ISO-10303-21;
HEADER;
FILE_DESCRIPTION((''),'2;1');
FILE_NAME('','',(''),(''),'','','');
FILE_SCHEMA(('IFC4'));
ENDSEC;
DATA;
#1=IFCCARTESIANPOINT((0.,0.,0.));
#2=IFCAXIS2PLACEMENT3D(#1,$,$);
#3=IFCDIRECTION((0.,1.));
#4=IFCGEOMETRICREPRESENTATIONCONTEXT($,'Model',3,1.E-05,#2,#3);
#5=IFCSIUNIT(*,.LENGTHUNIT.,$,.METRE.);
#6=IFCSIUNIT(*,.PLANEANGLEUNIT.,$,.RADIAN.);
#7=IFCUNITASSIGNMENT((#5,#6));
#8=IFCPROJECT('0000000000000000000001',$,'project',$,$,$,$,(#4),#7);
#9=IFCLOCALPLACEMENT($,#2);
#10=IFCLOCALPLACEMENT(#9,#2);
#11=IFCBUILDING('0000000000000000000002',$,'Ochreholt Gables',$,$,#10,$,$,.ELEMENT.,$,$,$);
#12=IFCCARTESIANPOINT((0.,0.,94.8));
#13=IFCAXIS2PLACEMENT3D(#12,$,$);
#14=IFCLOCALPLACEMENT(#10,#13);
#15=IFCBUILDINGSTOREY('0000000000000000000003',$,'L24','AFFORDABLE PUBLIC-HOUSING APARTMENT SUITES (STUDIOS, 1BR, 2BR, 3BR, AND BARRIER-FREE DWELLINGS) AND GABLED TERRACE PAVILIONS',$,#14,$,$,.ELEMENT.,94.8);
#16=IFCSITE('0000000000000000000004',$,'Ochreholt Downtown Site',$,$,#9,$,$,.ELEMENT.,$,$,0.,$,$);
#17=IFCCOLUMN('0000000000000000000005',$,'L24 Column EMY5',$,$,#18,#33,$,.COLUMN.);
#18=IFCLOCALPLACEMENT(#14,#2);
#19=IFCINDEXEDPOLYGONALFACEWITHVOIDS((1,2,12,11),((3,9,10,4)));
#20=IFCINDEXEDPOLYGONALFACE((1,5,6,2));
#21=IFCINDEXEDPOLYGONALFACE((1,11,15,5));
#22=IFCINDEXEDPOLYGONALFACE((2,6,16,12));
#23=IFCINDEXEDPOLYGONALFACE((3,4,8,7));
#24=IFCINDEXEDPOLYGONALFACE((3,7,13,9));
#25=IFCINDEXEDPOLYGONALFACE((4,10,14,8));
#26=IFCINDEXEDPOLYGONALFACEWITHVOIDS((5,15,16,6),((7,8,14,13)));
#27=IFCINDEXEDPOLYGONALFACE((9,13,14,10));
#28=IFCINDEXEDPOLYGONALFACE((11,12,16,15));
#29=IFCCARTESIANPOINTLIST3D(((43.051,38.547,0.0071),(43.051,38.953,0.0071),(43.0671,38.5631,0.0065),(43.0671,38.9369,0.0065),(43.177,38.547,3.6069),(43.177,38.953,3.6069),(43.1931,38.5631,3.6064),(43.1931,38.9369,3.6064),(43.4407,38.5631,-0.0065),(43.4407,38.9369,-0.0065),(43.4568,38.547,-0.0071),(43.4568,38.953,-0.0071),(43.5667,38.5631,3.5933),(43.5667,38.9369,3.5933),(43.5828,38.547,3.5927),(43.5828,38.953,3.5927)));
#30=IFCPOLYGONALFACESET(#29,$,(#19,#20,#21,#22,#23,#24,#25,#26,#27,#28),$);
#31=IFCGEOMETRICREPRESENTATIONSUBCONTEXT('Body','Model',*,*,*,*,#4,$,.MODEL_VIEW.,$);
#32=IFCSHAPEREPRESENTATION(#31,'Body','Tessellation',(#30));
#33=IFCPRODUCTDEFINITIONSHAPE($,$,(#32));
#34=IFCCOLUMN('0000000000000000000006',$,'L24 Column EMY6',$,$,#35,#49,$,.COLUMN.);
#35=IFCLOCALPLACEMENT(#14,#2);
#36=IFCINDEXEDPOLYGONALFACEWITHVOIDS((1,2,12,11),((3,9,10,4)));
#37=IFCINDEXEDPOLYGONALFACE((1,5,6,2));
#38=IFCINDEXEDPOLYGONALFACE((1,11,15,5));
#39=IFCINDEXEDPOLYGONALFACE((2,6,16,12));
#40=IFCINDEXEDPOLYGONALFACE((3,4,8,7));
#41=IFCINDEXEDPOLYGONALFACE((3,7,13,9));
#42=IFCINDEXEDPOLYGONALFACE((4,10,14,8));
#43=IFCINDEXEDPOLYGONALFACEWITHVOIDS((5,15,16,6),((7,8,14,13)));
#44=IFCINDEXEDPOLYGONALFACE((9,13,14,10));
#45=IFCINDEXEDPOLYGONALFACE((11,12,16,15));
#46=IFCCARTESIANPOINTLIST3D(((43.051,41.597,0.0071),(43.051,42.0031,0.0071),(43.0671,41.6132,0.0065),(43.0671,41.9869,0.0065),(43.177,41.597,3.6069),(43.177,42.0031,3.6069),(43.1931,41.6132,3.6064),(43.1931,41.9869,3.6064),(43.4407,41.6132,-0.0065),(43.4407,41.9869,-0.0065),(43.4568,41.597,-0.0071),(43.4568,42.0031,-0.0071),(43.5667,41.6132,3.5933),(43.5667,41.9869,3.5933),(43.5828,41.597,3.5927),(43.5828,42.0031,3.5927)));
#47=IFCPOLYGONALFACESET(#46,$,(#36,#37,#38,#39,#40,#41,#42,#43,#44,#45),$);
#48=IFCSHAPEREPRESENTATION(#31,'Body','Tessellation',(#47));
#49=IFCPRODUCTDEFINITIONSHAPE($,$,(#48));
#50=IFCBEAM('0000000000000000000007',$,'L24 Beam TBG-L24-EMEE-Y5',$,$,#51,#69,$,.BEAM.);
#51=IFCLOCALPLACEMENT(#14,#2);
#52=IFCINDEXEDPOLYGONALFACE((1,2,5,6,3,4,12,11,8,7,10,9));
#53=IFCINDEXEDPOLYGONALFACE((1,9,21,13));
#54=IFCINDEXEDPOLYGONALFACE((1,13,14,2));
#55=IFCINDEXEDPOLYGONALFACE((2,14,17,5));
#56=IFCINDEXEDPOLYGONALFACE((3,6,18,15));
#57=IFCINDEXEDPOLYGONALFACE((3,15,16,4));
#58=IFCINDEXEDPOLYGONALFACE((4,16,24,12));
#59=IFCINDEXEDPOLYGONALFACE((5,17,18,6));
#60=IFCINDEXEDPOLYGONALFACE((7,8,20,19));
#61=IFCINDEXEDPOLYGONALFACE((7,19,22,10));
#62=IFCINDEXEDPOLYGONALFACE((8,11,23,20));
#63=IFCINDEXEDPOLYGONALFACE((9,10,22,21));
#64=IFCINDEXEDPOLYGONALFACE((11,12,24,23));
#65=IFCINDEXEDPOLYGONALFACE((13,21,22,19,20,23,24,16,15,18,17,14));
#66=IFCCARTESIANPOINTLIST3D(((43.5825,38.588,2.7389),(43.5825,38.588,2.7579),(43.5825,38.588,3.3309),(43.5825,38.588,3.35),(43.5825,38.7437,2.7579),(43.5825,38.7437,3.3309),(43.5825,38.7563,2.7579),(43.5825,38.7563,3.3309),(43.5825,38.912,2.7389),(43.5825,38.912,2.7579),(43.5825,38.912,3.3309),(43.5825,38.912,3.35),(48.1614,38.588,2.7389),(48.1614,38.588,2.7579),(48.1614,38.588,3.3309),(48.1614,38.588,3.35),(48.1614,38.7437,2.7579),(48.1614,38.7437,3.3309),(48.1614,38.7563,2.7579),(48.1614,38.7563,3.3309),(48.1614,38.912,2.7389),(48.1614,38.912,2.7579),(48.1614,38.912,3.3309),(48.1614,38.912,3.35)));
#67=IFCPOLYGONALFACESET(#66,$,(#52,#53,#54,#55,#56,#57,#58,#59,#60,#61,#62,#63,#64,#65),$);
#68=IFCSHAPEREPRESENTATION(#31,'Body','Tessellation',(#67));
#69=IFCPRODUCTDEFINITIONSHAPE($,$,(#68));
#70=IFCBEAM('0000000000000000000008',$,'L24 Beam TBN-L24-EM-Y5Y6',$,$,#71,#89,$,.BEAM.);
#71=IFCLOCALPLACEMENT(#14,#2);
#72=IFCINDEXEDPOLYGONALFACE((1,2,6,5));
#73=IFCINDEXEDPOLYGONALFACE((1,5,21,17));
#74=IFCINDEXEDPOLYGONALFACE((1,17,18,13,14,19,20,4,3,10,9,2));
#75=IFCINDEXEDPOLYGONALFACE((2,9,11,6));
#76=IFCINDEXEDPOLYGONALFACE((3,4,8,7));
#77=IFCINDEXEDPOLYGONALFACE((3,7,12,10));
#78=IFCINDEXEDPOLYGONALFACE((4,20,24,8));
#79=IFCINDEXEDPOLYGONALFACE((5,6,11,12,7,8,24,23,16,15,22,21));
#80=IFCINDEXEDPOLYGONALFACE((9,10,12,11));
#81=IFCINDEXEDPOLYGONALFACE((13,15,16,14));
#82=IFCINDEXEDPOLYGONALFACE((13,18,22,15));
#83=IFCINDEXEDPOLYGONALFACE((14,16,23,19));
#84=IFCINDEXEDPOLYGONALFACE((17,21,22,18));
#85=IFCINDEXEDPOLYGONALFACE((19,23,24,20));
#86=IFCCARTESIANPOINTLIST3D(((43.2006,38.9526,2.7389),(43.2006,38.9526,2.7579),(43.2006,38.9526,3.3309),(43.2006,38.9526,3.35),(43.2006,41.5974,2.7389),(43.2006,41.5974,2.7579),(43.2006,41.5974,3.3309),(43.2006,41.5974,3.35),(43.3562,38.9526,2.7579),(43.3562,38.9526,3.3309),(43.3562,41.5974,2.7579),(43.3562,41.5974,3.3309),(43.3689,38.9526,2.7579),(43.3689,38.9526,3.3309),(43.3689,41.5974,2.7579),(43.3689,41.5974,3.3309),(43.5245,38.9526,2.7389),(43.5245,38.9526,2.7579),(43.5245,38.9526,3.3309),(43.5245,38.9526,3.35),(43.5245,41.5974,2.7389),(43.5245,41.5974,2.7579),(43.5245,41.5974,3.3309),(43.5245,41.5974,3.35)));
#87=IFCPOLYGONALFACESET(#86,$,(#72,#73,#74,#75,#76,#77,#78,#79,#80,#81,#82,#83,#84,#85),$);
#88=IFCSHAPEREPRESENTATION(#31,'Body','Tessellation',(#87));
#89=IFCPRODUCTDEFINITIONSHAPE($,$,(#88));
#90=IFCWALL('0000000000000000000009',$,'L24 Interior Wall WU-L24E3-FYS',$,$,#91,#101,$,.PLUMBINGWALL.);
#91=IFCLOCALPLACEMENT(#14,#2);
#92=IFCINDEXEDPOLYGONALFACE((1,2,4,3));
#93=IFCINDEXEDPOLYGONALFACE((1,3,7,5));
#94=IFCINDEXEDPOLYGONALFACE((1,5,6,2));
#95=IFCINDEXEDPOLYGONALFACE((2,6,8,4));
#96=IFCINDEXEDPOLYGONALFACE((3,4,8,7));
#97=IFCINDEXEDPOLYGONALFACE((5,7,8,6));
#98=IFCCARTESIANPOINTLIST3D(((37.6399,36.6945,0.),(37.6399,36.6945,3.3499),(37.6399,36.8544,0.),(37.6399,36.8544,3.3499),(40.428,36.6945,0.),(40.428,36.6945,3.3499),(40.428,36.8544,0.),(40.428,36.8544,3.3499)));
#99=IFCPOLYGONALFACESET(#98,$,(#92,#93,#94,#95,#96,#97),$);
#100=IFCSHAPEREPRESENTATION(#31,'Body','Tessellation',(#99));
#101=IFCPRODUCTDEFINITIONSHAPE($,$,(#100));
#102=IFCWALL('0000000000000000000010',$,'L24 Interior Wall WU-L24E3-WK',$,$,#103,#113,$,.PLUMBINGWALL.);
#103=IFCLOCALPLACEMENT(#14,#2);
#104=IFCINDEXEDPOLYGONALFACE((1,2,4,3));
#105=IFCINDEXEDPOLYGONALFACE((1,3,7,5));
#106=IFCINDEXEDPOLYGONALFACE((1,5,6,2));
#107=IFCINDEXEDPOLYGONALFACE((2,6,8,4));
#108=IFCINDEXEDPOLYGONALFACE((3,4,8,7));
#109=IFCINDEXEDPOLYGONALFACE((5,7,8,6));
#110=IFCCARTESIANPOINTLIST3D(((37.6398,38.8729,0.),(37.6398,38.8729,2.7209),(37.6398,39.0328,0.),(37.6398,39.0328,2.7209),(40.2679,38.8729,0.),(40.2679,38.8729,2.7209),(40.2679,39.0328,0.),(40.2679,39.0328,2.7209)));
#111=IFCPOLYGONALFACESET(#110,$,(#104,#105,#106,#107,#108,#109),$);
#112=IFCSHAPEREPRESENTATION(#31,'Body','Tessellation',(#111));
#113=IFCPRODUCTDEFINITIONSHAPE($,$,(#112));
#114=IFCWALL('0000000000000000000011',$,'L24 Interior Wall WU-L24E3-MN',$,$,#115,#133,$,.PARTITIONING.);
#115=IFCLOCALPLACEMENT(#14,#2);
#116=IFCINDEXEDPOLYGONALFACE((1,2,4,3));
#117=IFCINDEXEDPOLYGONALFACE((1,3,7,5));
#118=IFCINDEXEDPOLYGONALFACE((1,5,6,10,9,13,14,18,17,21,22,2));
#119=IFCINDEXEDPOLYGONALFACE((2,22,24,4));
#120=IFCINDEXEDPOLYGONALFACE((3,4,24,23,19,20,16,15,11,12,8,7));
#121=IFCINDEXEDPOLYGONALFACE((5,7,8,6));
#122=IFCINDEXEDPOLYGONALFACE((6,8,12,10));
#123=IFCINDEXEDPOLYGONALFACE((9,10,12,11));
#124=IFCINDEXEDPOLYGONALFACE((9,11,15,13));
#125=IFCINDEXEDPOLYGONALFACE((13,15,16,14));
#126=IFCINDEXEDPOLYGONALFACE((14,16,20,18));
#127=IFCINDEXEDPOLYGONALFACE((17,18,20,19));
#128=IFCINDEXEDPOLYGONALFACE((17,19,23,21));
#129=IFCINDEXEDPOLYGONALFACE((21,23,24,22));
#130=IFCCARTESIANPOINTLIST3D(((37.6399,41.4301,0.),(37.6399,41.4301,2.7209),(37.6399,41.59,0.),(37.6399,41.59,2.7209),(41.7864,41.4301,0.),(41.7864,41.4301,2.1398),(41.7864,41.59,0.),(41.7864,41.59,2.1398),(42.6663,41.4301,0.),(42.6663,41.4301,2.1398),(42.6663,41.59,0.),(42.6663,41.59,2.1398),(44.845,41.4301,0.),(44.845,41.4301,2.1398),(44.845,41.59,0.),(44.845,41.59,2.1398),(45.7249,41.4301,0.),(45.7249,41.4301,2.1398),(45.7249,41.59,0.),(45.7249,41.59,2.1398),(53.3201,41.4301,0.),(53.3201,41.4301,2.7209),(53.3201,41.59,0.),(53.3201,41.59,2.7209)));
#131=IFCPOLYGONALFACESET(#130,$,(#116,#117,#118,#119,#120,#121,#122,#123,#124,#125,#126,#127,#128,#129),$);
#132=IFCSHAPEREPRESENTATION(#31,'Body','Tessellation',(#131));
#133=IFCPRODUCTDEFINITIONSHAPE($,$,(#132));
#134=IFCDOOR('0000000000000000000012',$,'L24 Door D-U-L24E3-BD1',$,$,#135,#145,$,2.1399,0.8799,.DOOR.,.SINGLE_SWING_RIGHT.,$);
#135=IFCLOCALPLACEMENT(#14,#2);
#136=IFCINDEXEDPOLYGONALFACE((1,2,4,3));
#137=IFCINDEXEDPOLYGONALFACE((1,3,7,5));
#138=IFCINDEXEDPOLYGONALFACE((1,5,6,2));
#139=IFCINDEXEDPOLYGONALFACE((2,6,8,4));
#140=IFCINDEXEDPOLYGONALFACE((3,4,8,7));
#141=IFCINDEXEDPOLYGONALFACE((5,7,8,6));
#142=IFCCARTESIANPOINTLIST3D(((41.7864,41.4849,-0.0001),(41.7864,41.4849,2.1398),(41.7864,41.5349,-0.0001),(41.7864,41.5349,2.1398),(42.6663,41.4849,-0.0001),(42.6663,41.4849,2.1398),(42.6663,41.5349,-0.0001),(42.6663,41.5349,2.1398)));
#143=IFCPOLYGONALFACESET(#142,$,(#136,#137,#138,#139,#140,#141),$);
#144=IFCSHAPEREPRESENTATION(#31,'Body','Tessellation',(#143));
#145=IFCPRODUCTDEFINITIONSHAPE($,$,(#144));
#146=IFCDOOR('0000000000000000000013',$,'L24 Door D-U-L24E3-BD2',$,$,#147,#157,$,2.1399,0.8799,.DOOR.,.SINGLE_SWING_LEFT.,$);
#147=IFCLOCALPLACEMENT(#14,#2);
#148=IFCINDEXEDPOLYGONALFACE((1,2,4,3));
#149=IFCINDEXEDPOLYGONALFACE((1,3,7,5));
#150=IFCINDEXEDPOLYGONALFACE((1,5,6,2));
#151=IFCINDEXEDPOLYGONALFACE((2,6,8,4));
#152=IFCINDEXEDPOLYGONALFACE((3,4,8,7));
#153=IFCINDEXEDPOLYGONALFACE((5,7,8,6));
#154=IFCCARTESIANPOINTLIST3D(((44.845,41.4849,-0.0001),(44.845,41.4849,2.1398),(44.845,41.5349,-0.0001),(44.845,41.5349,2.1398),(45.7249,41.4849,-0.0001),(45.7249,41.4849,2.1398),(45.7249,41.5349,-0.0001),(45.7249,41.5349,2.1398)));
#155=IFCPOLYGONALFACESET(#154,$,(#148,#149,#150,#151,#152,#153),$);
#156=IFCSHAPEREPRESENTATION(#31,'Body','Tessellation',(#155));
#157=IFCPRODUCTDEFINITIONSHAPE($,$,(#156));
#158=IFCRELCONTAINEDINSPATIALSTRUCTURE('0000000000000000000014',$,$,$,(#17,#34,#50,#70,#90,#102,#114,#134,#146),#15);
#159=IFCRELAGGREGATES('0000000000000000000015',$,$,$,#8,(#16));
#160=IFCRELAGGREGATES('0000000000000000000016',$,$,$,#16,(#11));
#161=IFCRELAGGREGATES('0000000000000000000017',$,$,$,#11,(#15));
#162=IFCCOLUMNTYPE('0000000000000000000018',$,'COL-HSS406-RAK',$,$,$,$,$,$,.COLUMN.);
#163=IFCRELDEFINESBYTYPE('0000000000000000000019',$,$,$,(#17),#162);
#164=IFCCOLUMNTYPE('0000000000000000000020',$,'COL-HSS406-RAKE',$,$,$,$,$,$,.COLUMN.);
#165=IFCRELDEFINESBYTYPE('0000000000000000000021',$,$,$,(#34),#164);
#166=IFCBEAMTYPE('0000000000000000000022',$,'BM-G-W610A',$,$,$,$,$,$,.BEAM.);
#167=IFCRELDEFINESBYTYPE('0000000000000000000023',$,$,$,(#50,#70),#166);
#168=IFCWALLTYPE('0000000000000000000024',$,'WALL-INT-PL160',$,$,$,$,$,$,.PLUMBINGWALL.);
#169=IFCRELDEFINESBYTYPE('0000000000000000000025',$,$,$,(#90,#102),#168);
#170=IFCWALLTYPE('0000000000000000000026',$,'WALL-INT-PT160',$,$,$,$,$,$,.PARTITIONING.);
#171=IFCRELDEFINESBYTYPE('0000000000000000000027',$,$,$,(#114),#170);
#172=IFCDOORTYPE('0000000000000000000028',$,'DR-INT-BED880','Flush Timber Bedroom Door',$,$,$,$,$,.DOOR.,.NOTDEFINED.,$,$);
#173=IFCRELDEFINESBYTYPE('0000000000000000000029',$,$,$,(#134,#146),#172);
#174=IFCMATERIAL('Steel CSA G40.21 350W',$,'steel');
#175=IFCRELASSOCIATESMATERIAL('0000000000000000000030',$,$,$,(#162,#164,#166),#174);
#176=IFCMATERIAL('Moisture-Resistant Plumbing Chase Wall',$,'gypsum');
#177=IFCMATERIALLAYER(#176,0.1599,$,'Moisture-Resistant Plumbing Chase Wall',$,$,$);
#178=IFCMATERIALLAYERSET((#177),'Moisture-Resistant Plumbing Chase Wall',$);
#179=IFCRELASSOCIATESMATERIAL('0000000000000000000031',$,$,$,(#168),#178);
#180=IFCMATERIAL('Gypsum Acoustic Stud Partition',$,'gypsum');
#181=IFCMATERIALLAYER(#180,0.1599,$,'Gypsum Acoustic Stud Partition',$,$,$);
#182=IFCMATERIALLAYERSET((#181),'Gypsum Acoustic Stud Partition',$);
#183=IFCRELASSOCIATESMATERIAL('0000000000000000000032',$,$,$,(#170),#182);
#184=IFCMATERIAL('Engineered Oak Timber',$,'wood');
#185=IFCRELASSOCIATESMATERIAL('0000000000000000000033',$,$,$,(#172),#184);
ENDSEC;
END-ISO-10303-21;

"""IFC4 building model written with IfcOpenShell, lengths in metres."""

from ifc_helpers import new_model, si_unit, direction, frame, frame_2d, origin, origin_2d, place, context, subcontext, project, spatial, rectangle, hollow_rectangle, i_section, extrude, material, layer, layer_set, material_profile, profile_set, type_object, element, fill, save


model = new_model("IFC4")

# Units and contexts
model_context = context("Model", 3, precision=1e-05, world=origin(), true_north=direction((0.0, 1.0)))
body_context = subcontext(model_context, "Body", "Model", "MODEL_VIEW")
ifc_project = project(units=[si_unit("LENGTHUNIT", "METRE"), si_unit("PLANEANGLEUNIT", "RADIAN")], contexts=[model_context])

# Site, building, storey
site_placement = place(None, origin())
site = spatial("IfcSite", under=ifc_project, at=site_placement, Name="Ochreholt Downtown Site", CompositionType="ELEMENT", RefElevation=0.0)
building_placement = place(site_placement, origin())
building = spatial("IfcBuilding", under=site, at=building_placement, Name="Ochreholt Gables", CompositionType="ELEMENT")
storey_placement = place(building_placement, frame((0.0, 0.0, 94.8)))
storey = spatial("IfcBuildingStorey", under=building, at=storey_placement, Name="L24", Description="AFFORDABLE PUBLIC-HOUSING APARTMENT SUITES (STUDIOS, 1BR, 2BR, 3BR, AND BARRIER-FREE DWELLINGS) AND GABLED TERRACE PAVILIONS", CompositionType="ELEMENT", Elevation=94.8)

# Columns
ifc_material_1 = material(Name="Steel CSA G40.21 350W", Category="steel")
ifc_material_profile_1 = material_profile(ifc_material_1, hollow_rectangle(XDim=0.406, YDim=0.406, WallThickness=0.0161, at=origin_2d()), Name="HSS406X406X16")
ifc_profile_set_1 = profile_set([ifc_material_profile_1], Name="Steel CSA G40.21 350W")
column_type_1 = type_object("IfcColumnType", Name="COL-HSS406-RAK", PredefinedType="COLUMN", material=ifc_profile_set_1)
column_1_placement = place(storey_placement, frame((43.2539, 38.75, 0.0), z_axis=(0.034974, 0.0, 0.999388), x_axis=(0.0, 1.0, 0.0)))
element("IfcColumn", 1, at=column_1_placement, inside=storey, type_object=column_type_1, Name="L24 Column EMY5", PredefinedType="COLUMN", context=body_context, shape_type="SweptSolid", body=[
    extrude(hollow_rectangle(XDim=0.406, YDim=0.406, WallThickness=0.0161, at=origin_2d()), origin(), (0.0, 0.0, 1.0), 3.6021),
])
ifc_material_profile_2 = material_profile(ifc_material_1, hollow_rectangle(XDim=0.406, YDim=0.406, WallThickness=0.0161, at=origin_2d()), Name="HSS406X406X16")
ifc_profile_set_2 = profile_set([ifc_material_profile_2], Name="Steel CSA G40.21 350W")
column_type_2 = type_object("IfcColumnType", Name="COL-HSS406-RAKE", PredefinedType="COLUMN", material=ifc_profile_set_2)
column_2_placement = place(storey_placement, frame((43.2539, 41.8, 0.0), z_axis=(0.034974, 0.0, 0.999388), x_axis=(0.0, 1.0, 0.0)))
element("IfcColumn", 2, at=column_2_placement, inside=storey, type_object=column_type_2, Name="L24 Column EMY6", PredefinedType="COLUMN", context=body_context, shape_type="SweptSolid", body=[
    extrude(hollow_rectangle(XDim=0.406, YDim=0.406, WallThickness=0.0161, at=origin_2d()), origin(), (0.0, 0.0, 1.0), 3.6021),
])

# Beams
ifc_material_profile_3 = material_profile(ifc_material_1, i_section(OverallWidth=0.324, OverallDepth=0.6111, WebThickness=0.0127, FlangeThickness=0.019, at=origin_2d()), Name="W610X155")
ifc_profile_set_3 = profile_set([ifc_material_profile_3], Name="Steel CSA G40.21 350W")
beam_type = type_object("IfcBeamType", Name="BM-G-W610A", PredefinedType="BEAM", material=ifc_profile_set_3)
beam_1_placement = place(storey_placement, frame((43.5825, 38.75, 3.0444), z_axis=(1.0, 0.0, 0.0), x_axis=(0.0, 1.0, 0.0)))
element("IfcBeam", 3, at=beam_1_placement, inside=storey, type_object=beam_type, Name="L24 Beam TBG-L24-EMEE-Y5", PredefinedType="BEAM", context=body_context, shape_type="SweptSolid", body=[
    extrude(i_section(OverallWidth=0.324, OverallDepth=0.6111, WebThickness=0.0127, FlangeThickness=0.019, at=origin_2d()), origin(), (0.0, 0.0, 1.0), 4.5789),
])
beam_2_placement = place(storey_placement, frame((43.3625, 38.9526, 3.0444), z_axis=(0.0, 1.0, 0.0), x_axis=(-1.0, 0.0, 0.0)))
element("IfcBeam", 4, at=beam_2_placement, inside=storey, type_object=beam_type, Name="L24 Beam TBN-L24-EM-Y5Y6", PredefinedType="BEAM", context=body_context, shape_type="SweptSolid", body=[
    extrude(i_section(OverallWidth=0.324, OverallDepth=0.6111, WebThickness=0.0127, FlangeThickness=0.019, at=origin_2d()), origin(), (0.0, 0.0, 1.0), 2.6448),
])

# Wall
ifc_material_2 = material(Name="Moisture-Resistant Plumbing Chase Wall", Category="gypsum")
ifc_layer_1 = layer(ifc_material_2, 0.1599, Name="Moisture-Resistant Plumbing Chase Wall")
ifc_layer_set_1 = layer_set([ifc_layer_1], Name="Moisture-Resistant Plumbing Chase Wall")
wall_type_1 = type_object("IfcWallType", Name="WALL-INT-PL160", PredefinedType="PLUMBINGWALL", material=ifc_layer_set_1)
wall_1_placement = place(storey_placement, frame((37.6399, 36.7744, 0.0), z_axis=(0.0, 0.0, 1.0), x_axis=(1.0, 0.0, 0.0)))
element("IfcWall", 5, at=wall_1_placement, inside=storey, type_object=wall_type_1, Name="L24 Interior Wall WU-L24E3-FYS", PredefinedType="PLUMBINGWALL", context=body_context, shape_type="SweptSolid", body=[
    extrude(rectangle(XDim=2.7881, YDim=0.1599, at=frame_2d((1.394, 0.0))), origin(), (0.0, 0.0, 1.0), 3.3499),
])

# Shared definitions
ifc_material_3 = material(Name="Engineered Oak Timber", Category="wood")

# Wall
wall_2_placement = place(storey_placement, frame((37.6399, 38.9529, 0.0), z_axis=(0.0, 0.0, 1.0), x_axis=(1.0, 0.0, 0.0)))
element("IfcWall", 6, at=wall_2_placement, inside=storey, type_object=wall_type_1, Name="L24 Interior Wall WU-L24E3-WK", PredefinedType="PLUMBINGWALL", context=body_context, shape_type="SweptSolid", body=[
    extrude(rectangle(XDim=2.6282, YDim=0.1599, at=frame_2d((1.314, 0.0))), origin(), (0.0, 0.0, 1.0), 2.7209),
])

# Wall, openings, doors
ifc_material_4 = material(Name="Gypsum Acoustic Stud Partition", Category="gypsum")
ifc_layer_2 = layer(ifc_material_4, 0.1599, Name="Gypsum Acoustic Stud Partition")
ifc_layer_set_2 = layer_set([ifc_layer_2], Name="Gypsum Acoustic Stud Partition")
wall_type_2 = type_object("IfcWallType", Name="WALL-INT-PT160", PredefinedType="PARTITIONING", material=ifc_layer_set_2)
wall_3_placement = place(storey_placement, frame((37.6399, 41.51, 0.0), z_axis=(0.0, 0.0, 1.0), x_axis=(1.0, 0.0, 0.0)))
wall_3 = element("IfcWall", 7, at=wall_3_placement, inside=storey, type_object=wall_type_2, Name="L24 Interior Wall WU-L24E3-MN", PredefinedType="PARTITIONING", context=body_context, shape_type="SweptSolid", body=[
    extrude(rectangle(XDim=15.6802, YDim=0.1599, at=frame_2d((7.8401, 0.0))), origin(), (0.0, 0.0, 1.0), 2.7209),
])
opening_1_placement = place(wall_3_placement, frame((4.1465, 0.0, 0.0)))
opening_1 = element("IfcOpeningElement", 8, at=opening_1_placement, cuts=wall_3, PredefinedType="OPENING", context=body_context, shape_type="SweptSolid", body=[
    extrude(rectangle(XDim=0.8799, YDim=2.1399, at=frame_2d((0.4399, 1.0698))), frame((0.0, 0.0898, 0.0), z_axis=(0.0, -1.0, 0.0), x_axis=(1.0, 0.0, 0.0)), (0.0, 0.0, 1.0), 0.1799),
])
opening_2_placement = place(wall_3_placement, frame((7.2051, 0.0, 0.0)))
opening_2 = element("IfcOpeningElement", 9, at=opening_2_placement, cuts=wall_3, PredefinedType="OPENING", context=body_context, shape_type="SweptSolid", body=[
    extrude(rectangle(XDim=0.8799, YDim=2.1399, at=frame_2d((0.4399, 1.0698))), frame((0.0, 0.0898, 0.0), z_axis=(0.0, -1.0, 0.0), x_axis=(1.0, 0.0, 0.0)), (0.0, 0.0, 1.0), 0.1799),
])
door_type_1 = type_object("IfcDoorType", Name="DR-INT-BED880", Description="Flush Timber Bedroom Door", OperationType="NOTDEFINED", PredefinedType="DOOR", material=ifc_material_3)
door_1_placement = place(opening_1_placement, origin())
door_1 = element("IfcDoor", 10, at=door_1_placement, inside=storey, type_object=door_type_1, Name="L24 Door D-U-L24E3-BD1", OperationType="SINGLE_SWING_RIGHT", OverallHeight=2.1399, OverallWidth=0.8799, PredefinedType="DOOR", context=body_context, shape_type="SweptSolid", body=[
    extrude(rectangle(XDim=0.8799, YDim=2.1399, at=frame_2d((0.4399, 1.0698))), frame((0.0, 0.0249, 0.0), z_axis=(0.0, -1.0, 0.0), x_axis=(1.0, 0.0, 0.0)), (0.0, 0.0, 1.0), 0.05),
])
fill(opening_1, door_1)
door_2_placement = place(opening_2_placement, origin())
door_2 = element("IfcDoor", 11, at=door_2_placement, inside=storey, type_object=door_type_1, Name="L24 Door D-U-L24E3-BD2", OperationType="SINGLE_SWING_LEFT", OverallHeight=2.1399, OverallWidth=0.8799, PredefinedType="DOOR", context=body_context, shape_type="SweptSolid", body=[
    extrude(rectangle(XDim=0.8799, YDim=2.1399, at=frame_2d((0.4399, 1.0698))), frame((0.0, 0.0249, 0.0), z_axis=(0.0, -1.0, 0.0), x_axis=(1.0, 0.0, 0.0)), (0.0, 0.0, 1.0), 0.05),
])
fill(opening_2, door_2)

save(model, "model.ifc")
